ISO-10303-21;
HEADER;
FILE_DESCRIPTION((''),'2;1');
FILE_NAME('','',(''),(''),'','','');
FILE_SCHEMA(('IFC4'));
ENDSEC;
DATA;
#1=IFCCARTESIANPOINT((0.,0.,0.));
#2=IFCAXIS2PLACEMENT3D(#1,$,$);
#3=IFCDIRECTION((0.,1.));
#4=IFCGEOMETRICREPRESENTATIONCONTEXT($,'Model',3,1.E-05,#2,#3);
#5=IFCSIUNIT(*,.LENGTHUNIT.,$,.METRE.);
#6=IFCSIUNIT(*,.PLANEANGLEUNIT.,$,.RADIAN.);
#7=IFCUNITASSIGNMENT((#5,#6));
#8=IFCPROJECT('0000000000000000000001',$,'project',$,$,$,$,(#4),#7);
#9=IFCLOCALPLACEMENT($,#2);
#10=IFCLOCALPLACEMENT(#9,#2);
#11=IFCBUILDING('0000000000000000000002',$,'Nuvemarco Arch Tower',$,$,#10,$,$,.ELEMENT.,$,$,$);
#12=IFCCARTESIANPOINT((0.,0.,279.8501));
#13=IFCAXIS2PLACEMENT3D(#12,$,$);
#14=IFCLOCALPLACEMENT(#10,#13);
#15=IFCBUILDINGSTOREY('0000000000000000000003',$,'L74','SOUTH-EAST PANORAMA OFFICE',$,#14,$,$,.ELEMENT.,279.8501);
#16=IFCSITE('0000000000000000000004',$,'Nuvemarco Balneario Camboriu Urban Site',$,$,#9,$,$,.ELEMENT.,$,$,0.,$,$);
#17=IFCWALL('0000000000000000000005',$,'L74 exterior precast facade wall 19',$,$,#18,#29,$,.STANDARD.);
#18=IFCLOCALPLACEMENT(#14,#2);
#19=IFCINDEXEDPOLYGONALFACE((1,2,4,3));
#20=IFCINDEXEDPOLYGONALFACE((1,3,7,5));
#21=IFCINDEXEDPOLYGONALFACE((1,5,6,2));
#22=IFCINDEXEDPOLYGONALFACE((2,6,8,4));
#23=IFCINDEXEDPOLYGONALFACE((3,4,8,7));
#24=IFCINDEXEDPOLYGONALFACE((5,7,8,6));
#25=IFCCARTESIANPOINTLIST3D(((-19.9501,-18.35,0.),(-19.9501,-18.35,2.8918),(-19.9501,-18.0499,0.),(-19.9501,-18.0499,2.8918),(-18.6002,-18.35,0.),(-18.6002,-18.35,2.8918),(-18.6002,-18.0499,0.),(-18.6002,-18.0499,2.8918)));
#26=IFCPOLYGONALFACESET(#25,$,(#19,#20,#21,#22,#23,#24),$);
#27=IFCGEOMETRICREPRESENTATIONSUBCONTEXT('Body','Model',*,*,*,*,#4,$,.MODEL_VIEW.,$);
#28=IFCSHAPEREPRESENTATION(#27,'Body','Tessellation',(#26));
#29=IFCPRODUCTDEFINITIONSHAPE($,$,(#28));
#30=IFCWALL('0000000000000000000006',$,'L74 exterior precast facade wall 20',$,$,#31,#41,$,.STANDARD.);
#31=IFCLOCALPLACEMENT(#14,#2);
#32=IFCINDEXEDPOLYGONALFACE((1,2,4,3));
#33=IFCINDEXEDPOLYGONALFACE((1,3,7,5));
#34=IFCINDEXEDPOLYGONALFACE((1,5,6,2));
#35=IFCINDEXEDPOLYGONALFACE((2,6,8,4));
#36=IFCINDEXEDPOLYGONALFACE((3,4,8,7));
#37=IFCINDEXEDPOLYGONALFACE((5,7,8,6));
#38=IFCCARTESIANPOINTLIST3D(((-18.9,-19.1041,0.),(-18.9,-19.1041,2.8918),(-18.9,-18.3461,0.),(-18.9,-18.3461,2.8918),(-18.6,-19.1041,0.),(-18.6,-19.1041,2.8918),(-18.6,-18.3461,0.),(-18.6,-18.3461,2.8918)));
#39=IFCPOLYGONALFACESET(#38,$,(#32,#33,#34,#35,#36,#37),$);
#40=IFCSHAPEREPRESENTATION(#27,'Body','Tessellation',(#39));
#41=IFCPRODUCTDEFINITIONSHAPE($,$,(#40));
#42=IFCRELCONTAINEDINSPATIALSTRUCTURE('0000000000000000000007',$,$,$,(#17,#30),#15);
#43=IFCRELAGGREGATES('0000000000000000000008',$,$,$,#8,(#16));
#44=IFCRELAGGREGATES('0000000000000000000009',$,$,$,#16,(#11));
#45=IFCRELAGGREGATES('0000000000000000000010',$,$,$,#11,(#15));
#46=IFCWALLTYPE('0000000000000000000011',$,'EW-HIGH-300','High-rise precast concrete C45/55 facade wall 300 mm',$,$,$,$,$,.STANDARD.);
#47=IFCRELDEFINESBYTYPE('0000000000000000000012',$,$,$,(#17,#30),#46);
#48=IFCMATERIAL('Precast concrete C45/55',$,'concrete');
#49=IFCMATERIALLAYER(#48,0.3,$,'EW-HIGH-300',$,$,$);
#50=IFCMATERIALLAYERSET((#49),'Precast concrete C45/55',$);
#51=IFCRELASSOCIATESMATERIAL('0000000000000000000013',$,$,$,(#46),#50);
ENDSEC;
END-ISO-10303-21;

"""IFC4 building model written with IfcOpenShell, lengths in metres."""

from ifc_helpers import new_model, si_unit, direction, frame, frame_2d, origin, place, context, subcontext, project, spatial, rectangle, extrude, material, layer, layer_set, type_object, element, save


model = new_model("IFC4")

# Units and contexts
model_context = context("Model", 3, precision=1e-05, world=origin(), true_north=direction((0.0, 1.0)))
body_context = subcontext(model_context, "Body", "Model", "MODEL_VIEW")
ifc_project = project(units=[si_unit("LENGTHUNIT", "METRE"), si_unit("PLANEANGLEUNIT", "RADIAN")], contexts=[model_context])

# Site, building, storey
site_placement = place(None, origin())
site = spatial("IfcSite", under=ifc_project, at=site_placement, Name="Nuvemarco Balneario Camboriu Urban Site", CompositionType="ELEMENT", RefElevation=0.0)
building_placement = place(site_placement, origin())
building = spatial("IfcBuilding", under=site, at=building_placement, Name="Nuvemarco Arch Tower", CompositionType="ELEMENT")
storey_placement = place(building_placement, frame((0.0, 0.0, 279.8501)))
storey = spatial("IfcBuildingStorey", under=building, at=storey_placement, Name="L74", Description="SOUTH-EAST PANORAMA OFFICE", CompositionType="ELEMENT", Elevation=279.8501)

# Shared definitions
ifc_material_1 = material(Name="Precast concrete C45/55", Category="concrete")

# Shared definitions
ifc_layer = layer(ifc_material_1, 0.3, Name="EW-HIGH-300")
ifc_layer_set = layer_set([ifc_layer], Name="Precast concrete C45/55")
wall_type = type_object("IfcWallType", Name="EW-HIGH-300", Description="High-rise precast concrete C45/55 facade wall 300 mm", PredefinedType="STANDARD", material=ifc_layer_set)

# Walls
wall_1_placement = place(storey_placement, frame((-19.95, -18.2, 0.0), z_axis=(0.0, 0.0, 1.0), x_axis=(1.0, 0.0, 0.0)))
element("IfcWall", 1, at=wall_1_placement, inside=storey, type_object=wall_type, Name="L74 exterior precast facade wall 19", PredefinedType="STANDARD", context=body_context, shape_type="SweptSolid", body=[
    extrude(rectangle(XDim=1.3499, YDim=0.3, at=frame_2d((0.6748, 0.0))), origin(), (0.0, 0.0, 1.0), 2.8918),
])
wall_2_placement = place(storey_placement, frame((-18.75, -19.104, 0.0), z_axis=(0.0, 0.0, 1.0), x_axis=(0.0, 1.0, 0.0)))
element("IfcWall", 2, at=wall_2_placement, inside=storey, type_object=wall_type, Name="L74 exterior precast facade wall 20", PredefinedType="STANDARD", context=body_context, shape_type="SweptSolid", body=[
    extrude(rectangle(XDim=0.7581, YDim=0.3, at=frame_2d((0.3789, 0.0))), origin(), (0.0, 0.0, 1.0), 2.8918),
])

save(model, "model.ifc")
